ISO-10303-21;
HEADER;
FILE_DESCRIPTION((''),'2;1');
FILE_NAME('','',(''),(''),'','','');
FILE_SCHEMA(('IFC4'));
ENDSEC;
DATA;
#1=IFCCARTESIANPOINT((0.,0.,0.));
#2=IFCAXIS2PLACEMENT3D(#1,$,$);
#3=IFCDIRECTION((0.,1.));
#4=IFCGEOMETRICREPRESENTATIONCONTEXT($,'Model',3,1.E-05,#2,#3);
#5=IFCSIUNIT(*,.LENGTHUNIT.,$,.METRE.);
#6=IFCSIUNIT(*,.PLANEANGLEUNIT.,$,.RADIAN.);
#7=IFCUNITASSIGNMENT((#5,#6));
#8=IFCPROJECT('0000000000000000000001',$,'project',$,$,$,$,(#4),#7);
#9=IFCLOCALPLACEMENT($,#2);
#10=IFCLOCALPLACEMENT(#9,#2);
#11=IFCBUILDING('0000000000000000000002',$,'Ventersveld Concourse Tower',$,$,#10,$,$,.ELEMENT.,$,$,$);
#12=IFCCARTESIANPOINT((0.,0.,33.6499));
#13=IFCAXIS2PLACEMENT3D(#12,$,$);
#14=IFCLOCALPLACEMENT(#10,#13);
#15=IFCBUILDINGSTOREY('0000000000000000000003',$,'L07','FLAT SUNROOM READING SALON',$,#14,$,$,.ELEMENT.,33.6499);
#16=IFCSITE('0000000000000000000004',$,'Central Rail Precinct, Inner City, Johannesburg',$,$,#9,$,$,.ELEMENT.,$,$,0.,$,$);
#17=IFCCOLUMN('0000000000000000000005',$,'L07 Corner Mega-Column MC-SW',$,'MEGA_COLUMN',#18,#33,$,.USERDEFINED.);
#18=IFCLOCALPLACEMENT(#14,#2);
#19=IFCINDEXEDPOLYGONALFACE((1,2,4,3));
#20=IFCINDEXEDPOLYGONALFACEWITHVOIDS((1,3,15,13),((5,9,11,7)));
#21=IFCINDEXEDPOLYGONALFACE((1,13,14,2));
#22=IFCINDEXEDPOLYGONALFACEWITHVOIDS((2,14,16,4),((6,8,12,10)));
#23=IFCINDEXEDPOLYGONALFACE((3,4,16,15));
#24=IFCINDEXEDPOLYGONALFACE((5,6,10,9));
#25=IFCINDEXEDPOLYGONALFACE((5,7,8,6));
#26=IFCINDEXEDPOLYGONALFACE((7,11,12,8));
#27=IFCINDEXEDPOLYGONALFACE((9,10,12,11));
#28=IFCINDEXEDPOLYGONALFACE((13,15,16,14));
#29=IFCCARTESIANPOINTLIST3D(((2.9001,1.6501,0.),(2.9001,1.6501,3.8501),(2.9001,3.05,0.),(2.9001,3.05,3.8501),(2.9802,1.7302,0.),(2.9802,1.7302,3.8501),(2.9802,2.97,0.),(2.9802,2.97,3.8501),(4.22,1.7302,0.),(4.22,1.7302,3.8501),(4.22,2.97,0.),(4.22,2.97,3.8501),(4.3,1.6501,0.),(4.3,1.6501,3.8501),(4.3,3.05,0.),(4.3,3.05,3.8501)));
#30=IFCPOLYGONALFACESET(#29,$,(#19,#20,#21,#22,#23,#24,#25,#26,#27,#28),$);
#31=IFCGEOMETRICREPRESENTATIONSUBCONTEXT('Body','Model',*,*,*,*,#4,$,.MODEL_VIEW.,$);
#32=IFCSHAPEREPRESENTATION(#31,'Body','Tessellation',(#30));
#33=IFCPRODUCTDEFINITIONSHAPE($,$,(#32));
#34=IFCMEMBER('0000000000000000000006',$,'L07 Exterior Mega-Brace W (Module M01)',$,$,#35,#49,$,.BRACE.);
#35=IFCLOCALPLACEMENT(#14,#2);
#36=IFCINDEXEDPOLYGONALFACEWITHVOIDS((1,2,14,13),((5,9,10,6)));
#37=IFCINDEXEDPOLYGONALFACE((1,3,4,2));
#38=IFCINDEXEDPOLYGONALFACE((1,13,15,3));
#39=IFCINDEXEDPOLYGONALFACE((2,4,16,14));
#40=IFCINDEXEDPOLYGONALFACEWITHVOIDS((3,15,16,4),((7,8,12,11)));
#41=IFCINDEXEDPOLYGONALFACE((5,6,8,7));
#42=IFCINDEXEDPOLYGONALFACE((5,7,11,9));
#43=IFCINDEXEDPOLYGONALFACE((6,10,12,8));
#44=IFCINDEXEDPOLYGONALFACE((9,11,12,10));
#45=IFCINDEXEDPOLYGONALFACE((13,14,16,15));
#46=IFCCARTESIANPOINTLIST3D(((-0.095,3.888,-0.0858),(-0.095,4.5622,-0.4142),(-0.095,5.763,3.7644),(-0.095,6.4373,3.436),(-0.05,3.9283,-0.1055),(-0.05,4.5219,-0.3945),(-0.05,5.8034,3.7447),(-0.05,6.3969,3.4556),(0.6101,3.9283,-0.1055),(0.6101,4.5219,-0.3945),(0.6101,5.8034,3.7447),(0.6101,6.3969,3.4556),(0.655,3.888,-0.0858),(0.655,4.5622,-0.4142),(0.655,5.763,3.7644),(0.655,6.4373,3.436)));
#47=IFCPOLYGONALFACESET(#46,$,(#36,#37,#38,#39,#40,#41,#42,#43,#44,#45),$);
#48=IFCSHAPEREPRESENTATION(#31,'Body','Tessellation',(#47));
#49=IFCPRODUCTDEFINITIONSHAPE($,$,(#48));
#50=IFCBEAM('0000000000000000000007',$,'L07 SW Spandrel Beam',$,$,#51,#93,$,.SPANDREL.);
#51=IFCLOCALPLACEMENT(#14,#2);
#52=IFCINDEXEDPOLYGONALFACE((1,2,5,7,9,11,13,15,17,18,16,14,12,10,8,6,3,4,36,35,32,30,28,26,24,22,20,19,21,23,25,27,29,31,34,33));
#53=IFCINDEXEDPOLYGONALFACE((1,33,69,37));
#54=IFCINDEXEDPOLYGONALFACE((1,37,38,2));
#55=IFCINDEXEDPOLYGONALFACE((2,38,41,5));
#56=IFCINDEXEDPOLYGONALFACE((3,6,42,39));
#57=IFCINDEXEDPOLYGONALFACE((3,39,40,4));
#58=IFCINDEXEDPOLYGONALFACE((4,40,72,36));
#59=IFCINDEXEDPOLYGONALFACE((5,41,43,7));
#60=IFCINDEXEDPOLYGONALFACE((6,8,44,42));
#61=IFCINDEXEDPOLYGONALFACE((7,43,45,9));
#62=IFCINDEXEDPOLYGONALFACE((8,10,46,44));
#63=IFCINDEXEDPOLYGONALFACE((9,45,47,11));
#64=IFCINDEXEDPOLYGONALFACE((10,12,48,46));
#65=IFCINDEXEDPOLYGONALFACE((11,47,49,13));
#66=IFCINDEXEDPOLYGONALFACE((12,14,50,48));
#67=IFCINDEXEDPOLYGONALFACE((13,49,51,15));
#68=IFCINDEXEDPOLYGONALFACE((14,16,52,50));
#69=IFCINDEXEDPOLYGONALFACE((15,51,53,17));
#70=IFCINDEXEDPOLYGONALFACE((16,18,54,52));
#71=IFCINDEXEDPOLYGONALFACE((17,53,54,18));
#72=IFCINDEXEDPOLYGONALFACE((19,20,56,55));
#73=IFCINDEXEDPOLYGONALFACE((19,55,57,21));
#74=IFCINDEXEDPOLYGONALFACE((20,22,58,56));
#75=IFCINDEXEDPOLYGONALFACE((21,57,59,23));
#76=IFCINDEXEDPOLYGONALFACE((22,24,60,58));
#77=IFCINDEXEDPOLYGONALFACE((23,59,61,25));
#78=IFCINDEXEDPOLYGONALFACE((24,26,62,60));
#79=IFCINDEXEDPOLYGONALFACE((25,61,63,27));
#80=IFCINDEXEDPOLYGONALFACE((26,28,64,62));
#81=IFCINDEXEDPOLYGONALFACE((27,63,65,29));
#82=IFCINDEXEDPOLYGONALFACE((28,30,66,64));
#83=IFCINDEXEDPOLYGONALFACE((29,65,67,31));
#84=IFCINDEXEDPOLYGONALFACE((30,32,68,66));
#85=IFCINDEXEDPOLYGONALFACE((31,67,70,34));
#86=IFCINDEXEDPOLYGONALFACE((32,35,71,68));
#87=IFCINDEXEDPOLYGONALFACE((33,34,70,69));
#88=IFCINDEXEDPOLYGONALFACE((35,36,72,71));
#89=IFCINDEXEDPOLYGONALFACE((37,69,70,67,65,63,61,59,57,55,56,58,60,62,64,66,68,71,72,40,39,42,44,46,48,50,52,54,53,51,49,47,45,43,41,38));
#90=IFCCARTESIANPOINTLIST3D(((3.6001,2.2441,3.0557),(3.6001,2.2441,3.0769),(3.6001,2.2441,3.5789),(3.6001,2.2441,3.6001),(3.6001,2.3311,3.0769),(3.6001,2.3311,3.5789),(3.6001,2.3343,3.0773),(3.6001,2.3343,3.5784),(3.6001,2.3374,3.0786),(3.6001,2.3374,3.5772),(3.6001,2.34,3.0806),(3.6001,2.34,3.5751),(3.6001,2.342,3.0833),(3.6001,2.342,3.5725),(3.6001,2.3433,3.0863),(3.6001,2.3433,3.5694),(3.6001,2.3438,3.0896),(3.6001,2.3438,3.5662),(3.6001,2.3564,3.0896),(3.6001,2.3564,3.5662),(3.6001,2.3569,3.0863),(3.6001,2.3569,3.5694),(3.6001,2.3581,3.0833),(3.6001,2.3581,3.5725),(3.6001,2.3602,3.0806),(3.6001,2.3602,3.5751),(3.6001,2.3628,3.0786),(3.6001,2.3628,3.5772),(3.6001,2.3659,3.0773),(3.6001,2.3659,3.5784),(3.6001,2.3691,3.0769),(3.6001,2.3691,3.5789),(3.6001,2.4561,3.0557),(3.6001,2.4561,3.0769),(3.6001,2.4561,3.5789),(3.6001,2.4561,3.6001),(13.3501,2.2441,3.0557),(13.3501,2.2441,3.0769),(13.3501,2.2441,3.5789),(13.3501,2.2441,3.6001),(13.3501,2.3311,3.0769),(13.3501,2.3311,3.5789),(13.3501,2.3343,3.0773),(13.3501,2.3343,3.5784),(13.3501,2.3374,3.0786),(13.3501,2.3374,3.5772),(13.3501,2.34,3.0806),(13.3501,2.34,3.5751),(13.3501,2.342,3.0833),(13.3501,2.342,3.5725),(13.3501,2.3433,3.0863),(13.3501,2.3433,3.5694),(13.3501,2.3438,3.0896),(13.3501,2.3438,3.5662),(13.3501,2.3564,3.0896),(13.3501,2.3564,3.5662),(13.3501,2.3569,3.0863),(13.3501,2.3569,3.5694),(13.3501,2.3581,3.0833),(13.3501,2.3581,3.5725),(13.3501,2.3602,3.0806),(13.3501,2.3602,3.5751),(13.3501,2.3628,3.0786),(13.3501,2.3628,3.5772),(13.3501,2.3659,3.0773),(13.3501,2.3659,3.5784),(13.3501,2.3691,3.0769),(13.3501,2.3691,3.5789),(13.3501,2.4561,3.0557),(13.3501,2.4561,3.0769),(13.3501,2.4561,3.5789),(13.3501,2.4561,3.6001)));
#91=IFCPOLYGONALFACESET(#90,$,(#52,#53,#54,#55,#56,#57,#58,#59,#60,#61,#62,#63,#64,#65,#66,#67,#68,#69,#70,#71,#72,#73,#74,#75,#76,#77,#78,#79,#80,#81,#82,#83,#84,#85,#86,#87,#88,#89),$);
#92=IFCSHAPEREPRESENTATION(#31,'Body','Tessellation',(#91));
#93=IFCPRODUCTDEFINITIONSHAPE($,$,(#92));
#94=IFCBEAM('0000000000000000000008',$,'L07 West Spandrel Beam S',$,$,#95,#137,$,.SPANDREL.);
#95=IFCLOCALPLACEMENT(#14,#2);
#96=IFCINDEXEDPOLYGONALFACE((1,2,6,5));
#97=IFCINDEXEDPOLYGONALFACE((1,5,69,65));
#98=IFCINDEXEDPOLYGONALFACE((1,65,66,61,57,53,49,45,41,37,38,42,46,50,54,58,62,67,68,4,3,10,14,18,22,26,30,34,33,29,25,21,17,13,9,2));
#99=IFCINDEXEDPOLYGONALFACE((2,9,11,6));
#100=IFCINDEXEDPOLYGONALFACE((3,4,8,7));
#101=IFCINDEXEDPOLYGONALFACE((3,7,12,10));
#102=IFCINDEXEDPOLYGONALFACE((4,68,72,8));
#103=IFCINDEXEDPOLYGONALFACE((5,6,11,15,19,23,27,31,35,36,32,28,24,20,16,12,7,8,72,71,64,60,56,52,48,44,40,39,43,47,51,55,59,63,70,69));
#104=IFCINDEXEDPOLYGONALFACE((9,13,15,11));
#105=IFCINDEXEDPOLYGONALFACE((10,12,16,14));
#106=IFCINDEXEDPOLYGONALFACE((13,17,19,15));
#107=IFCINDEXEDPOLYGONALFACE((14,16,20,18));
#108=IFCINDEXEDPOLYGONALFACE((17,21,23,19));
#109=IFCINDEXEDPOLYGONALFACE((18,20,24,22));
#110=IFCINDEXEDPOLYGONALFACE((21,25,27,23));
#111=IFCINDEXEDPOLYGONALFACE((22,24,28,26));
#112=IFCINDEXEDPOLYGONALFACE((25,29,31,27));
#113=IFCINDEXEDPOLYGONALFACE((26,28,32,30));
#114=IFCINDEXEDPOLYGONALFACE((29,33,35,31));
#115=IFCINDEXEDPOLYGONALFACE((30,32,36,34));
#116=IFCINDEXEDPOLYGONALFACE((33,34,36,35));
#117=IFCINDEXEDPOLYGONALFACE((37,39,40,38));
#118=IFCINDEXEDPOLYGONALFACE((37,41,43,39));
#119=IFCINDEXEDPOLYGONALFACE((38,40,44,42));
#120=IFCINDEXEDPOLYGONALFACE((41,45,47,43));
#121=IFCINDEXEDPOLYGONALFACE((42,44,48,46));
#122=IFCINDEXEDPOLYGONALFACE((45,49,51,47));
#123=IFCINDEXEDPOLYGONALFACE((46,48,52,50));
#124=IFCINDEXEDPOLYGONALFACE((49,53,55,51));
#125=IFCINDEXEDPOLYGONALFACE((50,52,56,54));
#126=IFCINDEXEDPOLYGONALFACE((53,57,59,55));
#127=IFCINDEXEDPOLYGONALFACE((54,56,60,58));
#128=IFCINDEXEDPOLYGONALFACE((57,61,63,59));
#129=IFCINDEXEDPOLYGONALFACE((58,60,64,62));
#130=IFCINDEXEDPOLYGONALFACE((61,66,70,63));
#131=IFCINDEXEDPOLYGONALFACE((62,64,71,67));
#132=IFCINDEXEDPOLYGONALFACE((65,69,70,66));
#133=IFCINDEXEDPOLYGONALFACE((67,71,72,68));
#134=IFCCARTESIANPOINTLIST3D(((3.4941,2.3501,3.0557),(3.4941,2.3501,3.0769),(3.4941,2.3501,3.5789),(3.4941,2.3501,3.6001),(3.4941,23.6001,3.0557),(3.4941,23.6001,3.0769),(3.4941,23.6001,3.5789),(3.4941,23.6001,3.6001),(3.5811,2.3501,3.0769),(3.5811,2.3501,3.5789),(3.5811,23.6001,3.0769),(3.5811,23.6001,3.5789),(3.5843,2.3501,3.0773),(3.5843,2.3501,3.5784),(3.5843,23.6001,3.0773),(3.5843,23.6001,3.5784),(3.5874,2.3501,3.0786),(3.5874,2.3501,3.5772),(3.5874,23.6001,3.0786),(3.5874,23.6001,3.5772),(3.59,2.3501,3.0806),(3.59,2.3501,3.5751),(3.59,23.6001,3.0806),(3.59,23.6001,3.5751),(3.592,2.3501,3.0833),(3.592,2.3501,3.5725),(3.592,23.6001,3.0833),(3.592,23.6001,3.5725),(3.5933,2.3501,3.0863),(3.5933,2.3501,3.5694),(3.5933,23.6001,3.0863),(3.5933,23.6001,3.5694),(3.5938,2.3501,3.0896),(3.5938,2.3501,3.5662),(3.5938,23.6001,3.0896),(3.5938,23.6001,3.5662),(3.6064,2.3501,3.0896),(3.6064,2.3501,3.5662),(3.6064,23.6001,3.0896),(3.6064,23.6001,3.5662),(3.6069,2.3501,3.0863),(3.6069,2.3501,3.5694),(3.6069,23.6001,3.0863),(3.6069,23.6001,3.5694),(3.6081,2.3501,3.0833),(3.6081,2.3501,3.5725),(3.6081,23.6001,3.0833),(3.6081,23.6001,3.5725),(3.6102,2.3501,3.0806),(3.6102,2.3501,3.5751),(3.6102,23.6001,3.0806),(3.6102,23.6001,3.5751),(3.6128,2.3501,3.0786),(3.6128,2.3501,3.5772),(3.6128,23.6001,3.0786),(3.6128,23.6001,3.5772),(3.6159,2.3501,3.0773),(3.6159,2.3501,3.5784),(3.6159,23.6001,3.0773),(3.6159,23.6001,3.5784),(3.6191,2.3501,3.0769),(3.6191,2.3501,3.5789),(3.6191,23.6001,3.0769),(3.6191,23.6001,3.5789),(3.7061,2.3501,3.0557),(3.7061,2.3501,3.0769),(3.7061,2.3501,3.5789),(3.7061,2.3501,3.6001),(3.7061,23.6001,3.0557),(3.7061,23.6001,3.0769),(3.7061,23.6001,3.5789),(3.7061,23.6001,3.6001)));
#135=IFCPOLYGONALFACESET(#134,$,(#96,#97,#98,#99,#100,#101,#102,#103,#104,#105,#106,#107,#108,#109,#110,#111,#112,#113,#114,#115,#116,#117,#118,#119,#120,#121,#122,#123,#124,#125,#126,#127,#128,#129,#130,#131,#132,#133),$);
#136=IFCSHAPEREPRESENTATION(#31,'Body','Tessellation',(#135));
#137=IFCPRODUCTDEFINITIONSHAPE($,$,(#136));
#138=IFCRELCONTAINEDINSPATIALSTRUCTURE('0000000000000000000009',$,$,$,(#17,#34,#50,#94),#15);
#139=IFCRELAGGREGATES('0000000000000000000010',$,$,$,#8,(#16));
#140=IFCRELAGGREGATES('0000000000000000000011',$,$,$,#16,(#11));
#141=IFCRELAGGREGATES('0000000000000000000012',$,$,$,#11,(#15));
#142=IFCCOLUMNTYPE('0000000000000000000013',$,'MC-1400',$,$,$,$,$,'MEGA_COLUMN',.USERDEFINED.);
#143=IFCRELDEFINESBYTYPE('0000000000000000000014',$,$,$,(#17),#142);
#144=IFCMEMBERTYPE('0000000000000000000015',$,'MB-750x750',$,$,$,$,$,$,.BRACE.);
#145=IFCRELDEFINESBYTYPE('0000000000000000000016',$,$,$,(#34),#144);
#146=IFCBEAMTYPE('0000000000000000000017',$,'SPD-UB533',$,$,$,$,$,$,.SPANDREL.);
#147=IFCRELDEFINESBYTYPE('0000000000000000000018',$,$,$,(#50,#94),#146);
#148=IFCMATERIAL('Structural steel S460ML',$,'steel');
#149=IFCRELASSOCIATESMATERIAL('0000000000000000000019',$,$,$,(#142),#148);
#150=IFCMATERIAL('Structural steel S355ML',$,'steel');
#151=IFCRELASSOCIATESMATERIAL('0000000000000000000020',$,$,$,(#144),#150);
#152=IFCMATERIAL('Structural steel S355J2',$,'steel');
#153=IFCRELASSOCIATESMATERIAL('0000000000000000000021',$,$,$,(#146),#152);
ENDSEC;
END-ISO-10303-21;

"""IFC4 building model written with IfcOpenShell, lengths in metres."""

from ifc_helpers import new_model, si_unit, direction, frame, origin, origin_2d, place, context, subcontext, project, spatial, hollow_rectangle, i_section, extrude, material, material_profile, profile_set, type_object, element, save


model = new_model("IFC4")

# Units and contexts
model_context = context("Model", 3, precision=1e-05, world=origin(), true_north=direction((0.0, 1.0)))
body_context = subcontext(model_context, "Body", "Model", "MODEL_VIEW")
ifc_project = project(units=[si_unit("LENGTHUNIT", "METRE"), si_unit("PLANEANGLEUNIT", "RADIAN")], contexts=[model_context])

# Site, building, storey
site_placement = place(None, origin())
site = spatial("IfcSite", under=ifc_project, at=site_placement, Name="Central Rail Precinct, Inner City, Johannesburg", CompositionType="ELEMENT", RefElevation=0.0)
building_placement = place(site_placement, origin())
building = spatial("IfcBuilding", under=site, at=building_placement, Name="Ventersveld Concourse Tower", CompositionType="ELEMENT")
storey_placement = place(building_placement, frame((0.0, 0.0, 33.6499)))
storey = spatial("IfcBuildingStorey", under=building, at=storey_placement, Name="L07", Description="FLAT SUNROOM READING SALON", CompositionType="ELEMENT", Elevation=33.6499)

# Column
ifc_material_1 = material(Name="Structural steel S460ML", Category="steel")
ifc_material_profile_1 = material_profile(ifc_material_1, hollow_rectangle(XDim=1.3999, YDim=1.3999, WallThickness=0.0801, at=origin_2d()), Name="BOX 1400x1400x80")
ifc_profile_set_1 = profile_set([ifc_material_profile_1], Name="Structural steel S460ML")
column_type = type_object("IfcColumnType", Name="MC-1400", ElementType="MEGA_COLUMN", PredefinedType="USERDEFINED", material=ifc_profile_set_1)
column_placement = place(storey_placement, frame((3.6001, 2.3501, 0.0), z_axis=(0.0, 0.0, 1.0), x_axis=(1.0, 0.0, 0.0)))
element("IfcColumn", 1, at=column_placement, inside=storey, type_object=column_type, Name="L07 Corner Mega-Column MC-SW", ObjectType="MEGA_COLUMN", PredefinedType="USERDEFINED", context=body_context, shape_type="SweptSolid", body=[
    extrude(hollow_rectangle(XDim=1.3999, YDim=1.3999, WallThickness=0.0801, at=origin_2d()), origin(), (0.0, 0.0, 1.0), 3.8501),
])

# Member
ifc_material_2 = material(Name="Structural steel S355ML", Category="steel")
ifc_material_profile_2 = material_profile(ifc_material_2, hollow_rectangle(XDim=0.75, YDim=0.75, WallThickness=0.0449, at=origin_2d()), Name="BOX 750x750x45")
ifc_profile_set_2 = profile_set([ifc_material_profile_2], Name="Structural steel S355ML")
member_type = type_object("IfcMemberType", Name="MB-750x750", PredefinedType="BRACE", material=ifc_profile_set_2)
member_placement = place(storey_placement, frame((0.28, 4.2251, -0.25), z_axis=(0.0, 0.437839, 0.899053), x_axis=(-1.0, 0.0, 0.0)))
element("IfcMember", 2, at=member_placement, inside=storey, type_object=member_type, Name="L07 Exterior Mega-Brace W (Module M01)", PredefinedType="BRACE", context=body_context, shape_type="SweptSolid", body=[
    extrude(hollow_rectangle(XDim=0.75, YDim=0.75, WallThickness=0.0449, at=origin_2d()), origin(), (0.0, 0.0, 1.0), 4.2825),
])

# Beams
ifc_material_3 = material(Name="Structural steel S355J2", Category="steel")
ifc_material_profile_3 = material_profile(ifc_material_3, i_section(OverallWidth=0.2119, OverallDepth=0.5444, WebThickness=0.0127, FlangeThickness=0.0212, FilletRadius=0.0127, at=origin_2d()), Name="UB 533x210x122")
ifc_profile_set_3 = profile_set([ifc_material_profile_3], Name="Structural steel S355J2")
beam_type = type_object("IfcBeamType", Name="SPD-UB533", PredefinedType="SPANDREL", material=ifc_profile_set_3)
beam_1_placement = place(storey_placement, frame((3.6001, 2.3501, 3.3279), z_axis=(1.0, 0.0, 0.0), x_axis=(0.0, 1.0, 0.0)))
element("IfcBeam", 3, at=beam_1_placement, inside=storey, type_object=beam_type, Name="L07 SW Spandrel Beam", PredefinedType="SPANDREL", context=body_context, shape_type="SweptSolid", body=[
    extrude(i_section(OverallWidth=0.2119, OverallDepth=0.5444, WebThickness=0.0127, FlangeThickness=0.0212, FilletRadius=0.0127, at=origin_2d()), origin(), (0.0, 0.0, 1.0), 9.75),
])
beam_2_placement = place(storey_placement, frame((3.6001, 2.3501, 3.3279), z_axis=(0.0, 1.0, 0.0), x_axis=(-1.0, 0.0, 0.0)))
element("IfcBeam", 4, at=beam_2_placement, inside=storey, type_object=beam_type, Name="L07 West Spandrel Beam S", PredefinedType="SPANDREL", context=body_context, shape_type="SweptSolid", body=[
    extrude(i_section(OverallWidth=0.2119, OverallDepth=0.5444, WebThickness=0.0127, FlangeThickness=0.0212, FilletRadius=0.0127, at=origin_2d()), origin(), (0.0, 0.0, 1.0), 21.25),
])

save(model, "model.ifc")
